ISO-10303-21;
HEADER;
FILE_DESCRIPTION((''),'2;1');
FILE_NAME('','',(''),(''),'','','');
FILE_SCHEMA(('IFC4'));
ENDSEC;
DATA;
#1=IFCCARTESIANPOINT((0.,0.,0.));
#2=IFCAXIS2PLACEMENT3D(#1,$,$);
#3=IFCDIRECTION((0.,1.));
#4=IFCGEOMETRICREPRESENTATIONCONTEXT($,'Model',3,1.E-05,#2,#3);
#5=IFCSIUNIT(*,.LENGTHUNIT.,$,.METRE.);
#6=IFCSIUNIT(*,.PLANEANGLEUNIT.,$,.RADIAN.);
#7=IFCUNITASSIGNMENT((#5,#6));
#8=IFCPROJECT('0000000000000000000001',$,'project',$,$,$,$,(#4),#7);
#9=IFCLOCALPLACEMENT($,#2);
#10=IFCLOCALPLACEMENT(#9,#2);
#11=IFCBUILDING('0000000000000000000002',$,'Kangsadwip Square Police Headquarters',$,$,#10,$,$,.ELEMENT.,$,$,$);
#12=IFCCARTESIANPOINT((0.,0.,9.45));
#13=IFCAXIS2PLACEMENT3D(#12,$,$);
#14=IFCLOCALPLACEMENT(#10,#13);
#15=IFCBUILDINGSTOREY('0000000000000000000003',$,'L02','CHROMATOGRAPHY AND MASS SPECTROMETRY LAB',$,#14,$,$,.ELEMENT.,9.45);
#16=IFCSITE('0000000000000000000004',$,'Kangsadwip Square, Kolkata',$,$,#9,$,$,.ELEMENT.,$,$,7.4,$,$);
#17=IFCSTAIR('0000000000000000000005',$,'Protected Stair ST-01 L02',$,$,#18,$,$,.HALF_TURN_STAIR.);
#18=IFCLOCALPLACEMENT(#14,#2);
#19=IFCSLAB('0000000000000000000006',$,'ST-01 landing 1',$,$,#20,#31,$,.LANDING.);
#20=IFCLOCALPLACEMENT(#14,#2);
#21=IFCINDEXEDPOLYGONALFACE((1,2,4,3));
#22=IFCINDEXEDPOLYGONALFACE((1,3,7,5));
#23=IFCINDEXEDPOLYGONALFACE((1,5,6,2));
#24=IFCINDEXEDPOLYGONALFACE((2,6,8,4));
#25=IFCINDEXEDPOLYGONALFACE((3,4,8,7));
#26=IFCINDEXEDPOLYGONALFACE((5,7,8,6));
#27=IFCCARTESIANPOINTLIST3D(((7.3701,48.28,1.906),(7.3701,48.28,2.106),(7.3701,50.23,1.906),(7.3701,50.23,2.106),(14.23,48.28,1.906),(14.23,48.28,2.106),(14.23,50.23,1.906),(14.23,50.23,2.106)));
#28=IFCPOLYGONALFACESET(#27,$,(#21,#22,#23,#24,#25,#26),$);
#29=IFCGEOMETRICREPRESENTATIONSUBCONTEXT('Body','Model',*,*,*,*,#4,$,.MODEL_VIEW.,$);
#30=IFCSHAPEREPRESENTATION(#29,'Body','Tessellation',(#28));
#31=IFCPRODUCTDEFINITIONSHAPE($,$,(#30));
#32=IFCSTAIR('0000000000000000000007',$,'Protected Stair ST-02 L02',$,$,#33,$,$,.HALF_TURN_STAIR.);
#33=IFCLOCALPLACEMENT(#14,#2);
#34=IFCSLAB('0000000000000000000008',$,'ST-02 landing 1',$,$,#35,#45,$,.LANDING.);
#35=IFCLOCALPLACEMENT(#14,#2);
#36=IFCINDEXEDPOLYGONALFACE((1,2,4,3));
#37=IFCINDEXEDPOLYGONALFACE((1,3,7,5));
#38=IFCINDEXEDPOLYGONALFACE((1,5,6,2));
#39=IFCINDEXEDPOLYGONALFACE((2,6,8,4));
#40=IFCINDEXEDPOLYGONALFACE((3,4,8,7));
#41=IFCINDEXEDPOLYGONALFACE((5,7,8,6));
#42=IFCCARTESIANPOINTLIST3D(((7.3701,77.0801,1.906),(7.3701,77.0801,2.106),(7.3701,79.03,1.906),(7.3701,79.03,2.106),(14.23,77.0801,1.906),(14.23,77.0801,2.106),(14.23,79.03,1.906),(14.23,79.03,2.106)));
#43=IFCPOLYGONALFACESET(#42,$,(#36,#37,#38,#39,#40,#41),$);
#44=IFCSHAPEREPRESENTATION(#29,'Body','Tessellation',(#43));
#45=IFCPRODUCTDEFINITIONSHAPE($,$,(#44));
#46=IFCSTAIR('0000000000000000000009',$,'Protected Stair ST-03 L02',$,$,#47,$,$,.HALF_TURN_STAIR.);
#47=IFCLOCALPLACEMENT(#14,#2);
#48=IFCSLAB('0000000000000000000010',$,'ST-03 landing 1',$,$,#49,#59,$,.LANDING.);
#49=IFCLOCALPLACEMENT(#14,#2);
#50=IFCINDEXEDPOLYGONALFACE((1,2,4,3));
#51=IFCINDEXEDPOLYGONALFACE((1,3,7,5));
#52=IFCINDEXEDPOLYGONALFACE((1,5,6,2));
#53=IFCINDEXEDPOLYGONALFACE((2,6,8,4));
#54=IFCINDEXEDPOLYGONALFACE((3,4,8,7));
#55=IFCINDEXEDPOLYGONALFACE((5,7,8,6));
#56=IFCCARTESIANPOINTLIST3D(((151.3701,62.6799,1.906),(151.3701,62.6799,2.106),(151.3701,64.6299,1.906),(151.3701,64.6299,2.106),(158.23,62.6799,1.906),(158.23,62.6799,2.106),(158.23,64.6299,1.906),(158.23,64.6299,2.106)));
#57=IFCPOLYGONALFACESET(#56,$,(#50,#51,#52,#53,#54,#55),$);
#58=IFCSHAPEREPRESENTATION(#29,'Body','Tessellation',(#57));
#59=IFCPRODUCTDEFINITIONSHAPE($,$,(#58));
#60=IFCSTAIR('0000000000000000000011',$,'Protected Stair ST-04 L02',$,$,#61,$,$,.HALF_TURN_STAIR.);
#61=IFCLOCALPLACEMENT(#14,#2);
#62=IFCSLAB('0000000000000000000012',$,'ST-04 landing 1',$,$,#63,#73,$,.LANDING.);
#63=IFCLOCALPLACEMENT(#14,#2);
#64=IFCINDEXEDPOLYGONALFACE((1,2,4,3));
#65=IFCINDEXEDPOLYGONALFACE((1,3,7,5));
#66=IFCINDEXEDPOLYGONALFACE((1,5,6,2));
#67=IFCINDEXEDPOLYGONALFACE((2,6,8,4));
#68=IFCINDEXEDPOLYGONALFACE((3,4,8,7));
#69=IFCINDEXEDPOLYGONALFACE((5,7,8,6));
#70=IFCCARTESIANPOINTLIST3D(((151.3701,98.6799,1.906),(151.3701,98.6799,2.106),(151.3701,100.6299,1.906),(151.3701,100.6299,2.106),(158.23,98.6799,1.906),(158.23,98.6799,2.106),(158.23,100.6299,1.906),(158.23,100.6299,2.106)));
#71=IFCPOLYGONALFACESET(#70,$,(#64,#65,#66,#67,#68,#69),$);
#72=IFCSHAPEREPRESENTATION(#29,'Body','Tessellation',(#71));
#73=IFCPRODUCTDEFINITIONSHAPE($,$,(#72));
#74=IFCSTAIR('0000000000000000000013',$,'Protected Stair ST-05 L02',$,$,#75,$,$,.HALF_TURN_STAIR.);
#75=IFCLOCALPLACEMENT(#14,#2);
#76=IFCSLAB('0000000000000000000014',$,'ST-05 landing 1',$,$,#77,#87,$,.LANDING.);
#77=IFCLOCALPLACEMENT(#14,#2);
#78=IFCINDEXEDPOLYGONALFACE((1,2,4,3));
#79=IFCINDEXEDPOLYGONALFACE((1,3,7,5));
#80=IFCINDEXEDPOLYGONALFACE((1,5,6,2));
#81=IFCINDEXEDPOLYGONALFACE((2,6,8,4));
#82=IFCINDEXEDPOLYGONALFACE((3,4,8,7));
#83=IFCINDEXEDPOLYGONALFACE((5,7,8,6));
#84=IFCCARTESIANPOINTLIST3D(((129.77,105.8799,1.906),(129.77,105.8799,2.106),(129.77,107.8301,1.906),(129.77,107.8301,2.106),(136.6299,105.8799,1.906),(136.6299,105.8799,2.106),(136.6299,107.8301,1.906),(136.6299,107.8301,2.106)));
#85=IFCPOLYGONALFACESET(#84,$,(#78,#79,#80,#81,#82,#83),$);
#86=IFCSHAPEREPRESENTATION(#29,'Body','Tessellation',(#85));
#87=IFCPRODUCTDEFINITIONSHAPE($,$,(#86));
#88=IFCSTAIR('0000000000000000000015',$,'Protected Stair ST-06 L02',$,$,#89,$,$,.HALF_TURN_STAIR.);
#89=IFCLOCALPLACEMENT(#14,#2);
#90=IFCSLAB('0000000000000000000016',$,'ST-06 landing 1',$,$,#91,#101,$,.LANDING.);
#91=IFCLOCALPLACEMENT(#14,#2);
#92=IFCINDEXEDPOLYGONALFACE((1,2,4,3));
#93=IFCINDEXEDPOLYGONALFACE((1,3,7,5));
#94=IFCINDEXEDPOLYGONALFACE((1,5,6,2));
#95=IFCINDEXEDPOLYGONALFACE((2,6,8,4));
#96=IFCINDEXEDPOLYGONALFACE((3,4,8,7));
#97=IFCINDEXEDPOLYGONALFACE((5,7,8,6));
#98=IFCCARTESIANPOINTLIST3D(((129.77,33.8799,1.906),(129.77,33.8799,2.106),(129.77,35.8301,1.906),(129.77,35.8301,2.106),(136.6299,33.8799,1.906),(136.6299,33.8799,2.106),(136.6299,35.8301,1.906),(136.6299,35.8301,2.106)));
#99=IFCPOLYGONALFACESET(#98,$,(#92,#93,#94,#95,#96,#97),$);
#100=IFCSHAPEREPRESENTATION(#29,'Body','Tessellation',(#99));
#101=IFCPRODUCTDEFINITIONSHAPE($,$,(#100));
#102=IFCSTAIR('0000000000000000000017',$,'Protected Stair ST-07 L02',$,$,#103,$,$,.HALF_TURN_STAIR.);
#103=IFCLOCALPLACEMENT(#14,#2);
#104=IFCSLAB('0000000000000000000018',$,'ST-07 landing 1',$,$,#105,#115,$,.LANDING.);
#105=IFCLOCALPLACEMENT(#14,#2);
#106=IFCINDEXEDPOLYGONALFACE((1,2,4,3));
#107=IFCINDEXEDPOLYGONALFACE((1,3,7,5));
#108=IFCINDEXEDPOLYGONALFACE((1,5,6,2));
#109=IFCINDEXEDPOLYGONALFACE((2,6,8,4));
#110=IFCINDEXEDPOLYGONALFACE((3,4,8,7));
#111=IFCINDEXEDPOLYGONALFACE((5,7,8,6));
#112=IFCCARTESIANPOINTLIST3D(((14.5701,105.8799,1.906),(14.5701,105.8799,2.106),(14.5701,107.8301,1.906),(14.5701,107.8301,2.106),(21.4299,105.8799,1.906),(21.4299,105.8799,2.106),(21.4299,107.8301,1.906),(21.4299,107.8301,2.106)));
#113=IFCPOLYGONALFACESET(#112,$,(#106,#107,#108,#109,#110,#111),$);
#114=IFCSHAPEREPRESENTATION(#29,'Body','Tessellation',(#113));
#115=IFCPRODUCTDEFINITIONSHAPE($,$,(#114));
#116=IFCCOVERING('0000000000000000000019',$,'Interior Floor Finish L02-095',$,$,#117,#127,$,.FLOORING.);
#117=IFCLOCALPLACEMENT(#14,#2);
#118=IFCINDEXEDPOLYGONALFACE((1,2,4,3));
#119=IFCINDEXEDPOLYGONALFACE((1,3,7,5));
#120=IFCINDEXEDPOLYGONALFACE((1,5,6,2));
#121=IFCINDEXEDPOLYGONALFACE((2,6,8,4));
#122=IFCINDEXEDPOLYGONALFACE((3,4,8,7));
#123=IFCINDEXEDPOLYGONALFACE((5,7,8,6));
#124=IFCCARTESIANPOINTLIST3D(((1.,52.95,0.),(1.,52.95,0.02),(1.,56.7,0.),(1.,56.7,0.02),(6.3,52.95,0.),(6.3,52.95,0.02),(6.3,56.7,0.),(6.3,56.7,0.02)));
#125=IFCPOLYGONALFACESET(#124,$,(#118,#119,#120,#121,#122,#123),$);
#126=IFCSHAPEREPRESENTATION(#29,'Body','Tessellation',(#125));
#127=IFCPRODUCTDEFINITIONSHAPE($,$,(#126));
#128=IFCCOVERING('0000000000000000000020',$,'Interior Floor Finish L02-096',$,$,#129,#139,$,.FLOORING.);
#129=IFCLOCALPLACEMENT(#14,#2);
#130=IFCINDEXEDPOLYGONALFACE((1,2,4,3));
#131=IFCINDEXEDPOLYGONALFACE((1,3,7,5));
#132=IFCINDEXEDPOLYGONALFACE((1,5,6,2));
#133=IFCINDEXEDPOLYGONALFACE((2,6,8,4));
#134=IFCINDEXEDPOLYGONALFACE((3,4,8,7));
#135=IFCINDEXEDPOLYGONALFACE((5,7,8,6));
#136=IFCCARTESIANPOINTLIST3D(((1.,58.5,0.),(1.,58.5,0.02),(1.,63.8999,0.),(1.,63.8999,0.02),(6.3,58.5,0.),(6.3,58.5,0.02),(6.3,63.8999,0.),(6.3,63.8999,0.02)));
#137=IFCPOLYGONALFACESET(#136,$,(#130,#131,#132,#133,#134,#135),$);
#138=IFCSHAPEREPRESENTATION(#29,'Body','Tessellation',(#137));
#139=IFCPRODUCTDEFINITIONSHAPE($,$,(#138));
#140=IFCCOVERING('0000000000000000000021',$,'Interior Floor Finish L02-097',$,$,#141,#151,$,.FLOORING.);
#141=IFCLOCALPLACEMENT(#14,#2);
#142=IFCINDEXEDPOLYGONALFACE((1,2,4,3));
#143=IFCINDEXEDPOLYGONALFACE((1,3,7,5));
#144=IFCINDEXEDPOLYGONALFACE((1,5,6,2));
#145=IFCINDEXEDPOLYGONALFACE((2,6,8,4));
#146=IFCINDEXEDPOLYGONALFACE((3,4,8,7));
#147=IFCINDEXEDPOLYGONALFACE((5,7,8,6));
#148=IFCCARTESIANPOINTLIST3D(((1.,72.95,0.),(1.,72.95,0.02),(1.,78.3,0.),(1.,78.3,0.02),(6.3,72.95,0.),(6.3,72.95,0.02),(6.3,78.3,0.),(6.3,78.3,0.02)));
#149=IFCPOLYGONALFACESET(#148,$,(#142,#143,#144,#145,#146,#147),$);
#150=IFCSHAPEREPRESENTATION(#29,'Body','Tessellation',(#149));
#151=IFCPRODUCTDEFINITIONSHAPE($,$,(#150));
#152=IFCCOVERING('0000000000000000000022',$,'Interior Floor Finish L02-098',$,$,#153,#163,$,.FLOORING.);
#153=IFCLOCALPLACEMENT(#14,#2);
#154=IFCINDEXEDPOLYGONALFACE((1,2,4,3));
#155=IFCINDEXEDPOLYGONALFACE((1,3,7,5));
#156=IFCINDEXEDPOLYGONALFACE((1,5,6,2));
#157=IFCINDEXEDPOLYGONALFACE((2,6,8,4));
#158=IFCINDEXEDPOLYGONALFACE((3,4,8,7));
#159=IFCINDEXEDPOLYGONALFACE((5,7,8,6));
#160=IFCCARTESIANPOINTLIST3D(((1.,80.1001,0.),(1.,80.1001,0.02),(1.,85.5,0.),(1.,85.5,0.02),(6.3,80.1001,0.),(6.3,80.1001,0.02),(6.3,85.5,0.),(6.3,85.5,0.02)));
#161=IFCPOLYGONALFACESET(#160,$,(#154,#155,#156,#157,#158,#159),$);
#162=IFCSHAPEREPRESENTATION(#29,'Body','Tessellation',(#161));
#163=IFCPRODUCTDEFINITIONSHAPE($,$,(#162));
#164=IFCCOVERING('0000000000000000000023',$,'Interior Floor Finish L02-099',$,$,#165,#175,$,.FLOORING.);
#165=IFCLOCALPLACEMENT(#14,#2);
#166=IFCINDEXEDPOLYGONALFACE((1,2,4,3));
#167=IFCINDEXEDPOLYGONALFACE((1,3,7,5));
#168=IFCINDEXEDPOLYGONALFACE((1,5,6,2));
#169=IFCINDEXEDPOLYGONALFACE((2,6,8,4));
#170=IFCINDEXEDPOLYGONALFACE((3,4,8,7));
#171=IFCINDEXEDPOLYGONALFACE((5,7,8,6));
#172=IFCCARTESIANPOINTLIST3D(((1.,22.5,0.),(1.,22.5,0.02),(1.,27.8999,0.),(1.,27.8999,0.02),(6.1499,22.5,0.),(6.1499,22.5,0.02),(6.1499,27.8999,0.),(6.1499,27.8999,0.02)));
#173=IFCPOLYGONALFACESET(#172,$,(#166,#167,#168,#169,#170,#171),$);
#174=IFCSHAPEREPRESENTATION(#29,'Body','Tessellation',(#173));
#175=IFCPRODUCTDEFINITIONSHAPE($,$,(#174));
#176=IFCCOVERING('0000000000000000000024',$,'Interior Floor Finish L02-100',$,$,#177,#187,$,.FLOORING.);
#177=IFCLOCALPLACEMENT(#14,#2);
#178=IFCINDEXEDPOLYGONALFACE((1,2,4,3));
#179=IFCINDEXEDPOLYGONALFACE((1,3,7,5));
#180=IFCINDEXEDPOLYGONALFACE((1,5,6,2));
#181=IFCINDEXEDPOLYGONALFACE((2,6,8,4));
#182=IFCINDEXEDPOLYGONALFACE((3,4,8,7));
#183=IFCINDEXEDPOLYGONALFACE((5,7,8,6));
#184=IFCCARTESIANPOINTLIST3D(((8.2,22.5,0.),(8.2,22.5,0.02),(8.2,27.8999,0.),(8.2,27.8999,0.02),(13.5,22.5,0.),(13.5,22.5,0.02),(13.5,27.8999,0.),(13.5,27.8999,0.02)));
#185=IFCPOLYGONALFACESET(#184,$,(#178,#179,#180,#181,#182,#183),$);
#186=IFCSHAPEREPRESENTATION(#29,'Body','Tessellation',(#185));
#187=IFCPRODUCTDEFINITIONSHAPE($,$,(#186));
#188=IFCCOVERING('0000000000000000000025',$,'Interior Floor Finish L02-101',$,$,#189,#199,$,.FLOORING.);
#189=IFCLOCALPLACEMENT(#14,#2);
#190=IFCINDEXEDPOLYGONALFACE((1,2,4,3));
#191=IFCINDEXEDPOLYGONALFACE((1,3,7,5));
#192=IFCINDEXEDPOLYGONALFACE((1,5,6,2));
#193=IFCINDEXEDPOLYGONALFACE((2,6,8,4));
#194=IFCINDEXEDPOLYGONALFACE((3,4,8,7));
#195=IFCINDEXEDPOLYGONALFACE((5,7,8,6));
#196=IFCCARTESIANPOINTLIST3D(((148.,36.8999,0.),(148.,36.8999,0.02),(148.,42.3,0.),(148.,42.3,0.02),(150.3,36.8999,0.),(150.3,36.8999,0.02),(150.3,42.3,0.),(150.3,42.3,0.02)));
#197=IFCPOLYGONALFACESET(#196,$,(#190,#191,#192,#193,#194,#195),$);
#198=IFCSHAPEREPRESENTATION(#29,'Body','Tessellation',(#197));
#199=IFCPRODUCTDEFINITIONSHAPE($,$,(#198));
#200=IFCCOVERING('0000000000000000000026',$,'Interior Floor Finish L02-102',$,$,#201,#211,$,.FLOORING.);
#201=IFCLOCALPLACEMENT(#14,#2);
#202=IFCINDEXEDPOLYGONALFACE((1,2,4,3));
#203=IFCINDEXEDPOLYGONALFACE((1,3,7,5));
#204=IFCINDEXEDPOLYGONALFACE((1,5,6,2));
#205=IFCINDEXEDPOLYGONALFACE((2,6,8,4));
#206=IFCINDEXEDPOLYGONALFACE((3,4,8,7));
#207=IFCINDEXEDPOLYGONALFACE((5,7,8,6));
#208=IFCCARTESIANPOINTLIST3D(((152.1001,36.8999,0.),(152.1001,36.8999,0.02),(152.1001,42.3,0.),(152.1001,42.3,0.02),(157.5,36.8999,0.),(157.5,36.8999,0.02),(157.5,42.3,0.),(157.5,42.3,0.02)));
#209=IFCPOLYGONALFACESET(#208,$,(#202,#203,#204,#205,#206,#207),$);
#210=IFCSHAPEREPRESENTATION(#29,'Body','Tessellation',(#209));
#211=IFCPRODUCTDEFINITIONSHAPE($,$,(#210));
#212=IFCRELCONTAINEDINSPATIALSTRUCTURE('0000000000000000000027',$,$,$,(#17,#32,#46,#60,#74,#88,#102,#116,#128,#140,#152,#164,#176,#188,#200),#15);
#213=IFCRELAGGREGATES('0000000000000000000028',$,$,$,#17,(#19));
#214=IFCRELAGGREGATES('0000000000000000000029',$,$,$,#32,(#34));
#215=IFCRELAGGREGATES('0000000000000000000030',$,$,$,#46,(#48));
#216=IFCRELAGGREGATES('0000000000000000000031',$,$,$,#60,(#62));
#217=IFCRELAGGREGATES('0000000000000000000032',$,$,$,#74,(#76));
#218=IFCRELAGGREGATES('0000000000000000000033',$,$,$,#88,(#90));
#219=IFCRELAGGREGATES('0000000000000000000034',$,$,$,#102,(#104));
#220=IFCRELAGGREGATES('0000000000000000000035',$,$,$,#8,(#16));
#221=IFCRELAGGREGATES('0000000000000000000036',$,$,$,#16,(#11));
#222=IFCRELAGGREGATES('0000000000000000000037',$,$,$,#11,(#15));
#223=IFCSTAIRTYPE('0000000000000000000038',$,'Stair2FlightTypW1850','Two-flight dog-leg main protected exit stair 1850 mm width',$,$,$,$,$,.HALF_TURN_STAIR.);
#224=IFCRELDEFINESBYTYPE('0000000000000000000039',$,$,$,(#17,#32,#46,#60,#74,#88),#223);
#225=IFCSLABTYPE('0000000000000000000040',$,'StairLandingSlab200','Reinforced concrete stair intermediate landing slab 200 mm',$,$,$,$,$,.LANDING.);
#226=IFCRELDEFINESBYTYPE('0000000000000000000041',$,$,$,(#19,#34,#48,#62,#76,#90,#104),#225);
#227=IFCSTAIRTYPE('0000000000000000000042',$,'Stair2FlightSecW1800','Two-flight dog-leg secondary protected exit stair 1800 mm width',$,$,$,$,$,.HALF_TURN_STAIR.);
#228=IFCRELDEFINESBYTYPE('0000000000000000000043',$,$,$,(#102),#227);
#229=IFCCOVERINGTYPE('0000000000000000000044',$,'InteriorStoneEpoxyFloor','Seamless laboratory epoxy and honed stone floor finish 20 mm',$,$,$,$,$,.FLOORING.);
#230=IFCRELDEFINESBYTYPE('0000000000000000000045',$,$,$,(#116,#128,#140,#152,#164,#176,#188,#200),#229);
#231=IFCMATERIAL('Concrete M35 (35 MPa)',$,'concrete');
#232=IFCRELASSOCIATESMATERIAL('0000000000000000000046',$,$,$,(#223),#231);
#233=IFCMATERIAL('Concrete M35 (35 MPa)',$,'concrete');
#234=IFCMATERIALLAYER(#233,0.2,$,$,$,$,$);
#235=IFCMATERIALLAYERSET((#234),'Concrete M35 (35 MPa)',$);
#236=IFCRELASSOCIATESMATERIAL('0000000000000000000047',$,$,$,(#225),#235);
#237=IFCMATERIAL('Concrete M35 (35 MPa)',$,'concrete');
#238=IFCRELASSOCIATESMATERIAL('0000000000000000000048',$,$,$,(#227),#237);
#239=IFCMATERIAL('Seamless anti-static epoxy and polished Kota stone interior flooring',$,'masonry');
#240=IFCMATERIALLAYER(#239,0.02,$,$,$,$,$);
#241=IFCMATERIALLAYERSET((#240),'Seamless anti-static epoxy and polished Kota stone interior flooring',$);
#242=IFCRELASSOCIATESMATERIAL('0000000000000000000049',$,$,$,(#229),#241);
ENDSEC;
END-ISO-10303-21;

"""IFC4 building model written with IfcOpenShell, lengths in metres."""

from ifc_helpers import new_model, si_unit, direction, frame, origin, place, context, subcontext, project, spatial, polyline, outline, extrude, material, layer, layer_set, type_object, element, aggregate, save


model = new_model("IFC4")

# Units and contexts
model_context = context("Model", 3, precision=1e-05, world=origin(), true_north=direction((0.0, 1.0)))
body_context = subcontext(model_context, "Body", "Model", "MODEL_VIEW")
ifc_project = project(units=[si_unit("LENGTHUNIT", "METRE"), si_unit("PLANEANGLEUNIT", "RADIAN")], contexts=[model_context])

# Site, building, storey
site_placement = place(None, origin())
site = spatial("IfcSite", under=ifc_project, at=site_placement, Name="Kangsadwip Square, Kolkata", CompositionType="ELEMENT", RefElevation=7.4)
building_placement = place(site_placement, origin())
building = spatial("IfcBuilding", under=site, at=building_placement, Name="Kangsadwip Square Police Headquarters", CompositionType="ELEMENT")
storey_placement = place(building_placement, frame((0.0, 0.0, 9.45)))
storey = spatial("IfcBuildingStorey", under=building, at=storey_placement, Name="L02", Description="CHROMATOGRAPHY AND MASS SPECTROMETRY LAB", CompositionType="ELEMENT", Elevation=9.45)

# Stairs, slabs
ifc_material_1 = material(Name="Concrete M35 (35 MPa)", Category="concrete")
stair_type_1 = type_object("IfcStairType", Name="Stair2FlightTypW1850", Description="Two-flight dog-leg main protected exit stair 1850 mm width", PredefinedType="HALF_TURN_STAIR", material=ifc_material_1)
stair_1_placement = place(storey_placement, origin())
stair_1 = element("IfcStair", 1, at=stair_1_placement, inside=storey, type_object=stair_type_1, Name="Protected Stair ST-01 L02", PredefinedType="HALF_TURN_STAIR")
ifc_material_2 = material(Name="Concrete M35 (35 MPa)", Category="concrete")
ifc_layer_1 = layer(ifc_material_2, 0.2)
ifc_layer_set_1 = layer_set([ifc_layer_1], Name="Concrete M35 (35 MPa)")
slab_type = type_object("IfcSlabType", Name="StairLandingSlab200", Description="Reinforced concrete stair intermediate landing slab 200 mm", PredefinedType="LANDING", material=ifc_layer_set_1)
slab_1_placement = place(storey_placement, frame((0.0, 0.0, 1.906)))
slab_1 = element("IfcSlab", 2, at=slab_1_placement, type_object=slab_type, Name="ST-01 landing 1", PredefinedType="LANDING", context=body_context, shape_type="SweptSolid", body=[
    extrude(outline(polyline([(7.3701, 48.28), (14.23, 48.28), (14.23, 50.23), (7.3701, 50.23), (7.3701, 48.28)])), origin(), (0.0, 0.0, 1.0), 0.2),
])
aggregate(stair_1, [slab_1])
stair_2_placement = place(storey_placement, origin())
stair_2 = element("IfcStair", 3, at=stair_2_placement, inside=storey, type_object=stair_type_1, Name="Protected Stair ST-02 L02", PredefinedType="HALF_TURN_STAIR")
slab_2_placement = place(storey_placement, frame((0.0, 0.0, 1.906)))
slab_2 = element("IfcSlab", 4, at=slab_2_placement, type_object=slab_type, Name="ST-02 landing 1", PredefinedType="LANDING", context=body_context, shape_type="SweptSolid", body=[
    extrude(outline(polyline([(7.3701, 77.0801), (14.23, 77.0801), (14.23, 79.03), (7.3701, 79.03), (7.3701, 77.0801)])), origin(), (0.0, 0.0, 1.0), 0.2),
])
aggregate(stair_2, [slab_2])
stair_3_placement = place(storey_placement, origin())
stair_3 = element("IfcStair", 5, at=stair_3_placement, inside=storey, type_object=stair_type_1, Name="Protected Stair ST-03 L02", PredefinedType="HALF_TURN_STAIR")
slab_3_placement = place(storey_placement, frame((0.0, 0.0, 1.906)))
slab_3 = element("IfcSlab", 6, at=slab_3_placement, type_object=slab_type, Name="ST-03 landing 1", PredefinedType="LANDING", context=body_context, shape_type="SweptSolid", body=[
    extrude(outline(polyline([(151.3701, 62.6799), (158.23, 62.6799), (158.23, 64.6299), (151.3701, 64.6299), (151.3701, 62.6799)])), origin(), (0.0, 0.0, 1.0), 0.2),
])
aggregate(stair_3, [slab_3])
stair_4_placement = place(storey_placement, origin())
stair_4 = element("IfcStair", 7, at=stair_4_placement, inside=storey, type_object=stair_type_1, Name="Protected Stair ST-04 L02", PredefinedType="HALF_TURN_STAIR")
slab_4_placement = place(storey_placement, frame((0.0, 0.0, 1.906)))
slab_4 = element("IfcSlab", 8, at=slab_4_placement, type_object=slab_type, Name="ST-04 landing 1", PredefinedType="LANDING", context=body_context, shape_type="SweptSolid", body=[
    extrude(outline(polyline([(151.3701, 98.6799), (158.23, 98.6799), (158.23, 100.6299), (151.3701, 100.6299), (151.3701, 98.6799)])), origin(), (0.0, 0.0, 1.0), 0.2),
])
aggregate(stair_4, [slab_4])
stair_5_placement = place(storey_placement, origin())
stair_5 = element("IfcStair", 9, at=stair_5_placement, inside=storey, type_object=stair_type_1, Name="Protected Stair ST-05 L02", PredefinedType="HALF_TURN_STAIR")
slab_5_placement = place(storey_placement, frame((0.0, 0.0, 1.906)))
slab_5 = element("IfcSlab", 10, at=slab_5_placement, type_object=slab_type, Name="ST-05 landing 1", PredefinedType="LANDING", context=body_context, shape_type="SweptSolid", body=[
    extrude(outline(polyline([(129.77, 105.8799), (136.6299, 105.8799), (136.6299, 107.8301), (129.77, 107.8301), (129.77, 105.8799)])), origin(), (0.0, 0.0, 1.0), 0.2),
])
aggregate(stair_5, [slab_5])
stair_6_placement = place(storey_placement, origin())
stair_6 = element("IfcStair", 11, at=stair_6_placement, inside=storey, type_object=stair_type_1, Name="Protected Stair ST-06 L02", PredefinedType="HALF_TURN_STAIR")
slab_6_placement = place(storey_placement, frame((0.0, 0.0, 1.906)))
slab_6 = element("IfcSlab", 12, at=slab_6_placement, type_object=slab_type, Name="ST-06 landing 1", PredefinedType="LANDING", context=body_context, shape_type="SweptSolid", body=[
    extrude(outline(polyline([(129.77, 33.8799), (136.6299, 33.8799), (136.6299, 35.8301), (129.77, 35.8301), (129.77, 33.8799)])), origin(), (0.0, 0.0, 1.0), 0.2),
])
aggregate(stair_6, [slab_6])
ifc_material_3 = material(Name="Concrete M35 (35 MPa)", Category="concrete")
stair_type_2 = type_object("IfcStairType", Name="Stair2FlightSecW1800", Description="Two-flight dog-leg secondary protected exit stair 1800 mm width", PredefinedType="HALF_TURN_STAIR", material=ifc_material_3)
stair_7_placement = place(storey_placement, origin())
stair_7 = element("IfcStair", 13, at=stair_7_placement, inside=storey, type_object=stair_type_2, Name="Protected Stair ST-07 L02", PredefinedType="HALF_TURN_STAIR")
slab_7_placement = place(storey_placement, frame((0.0, 0.0, 1.906)))
slab_7 = element("IfcSlab", 14, at=slab_7_placement, type_object=slab_type, Name="ST-07 landing 1", PredefinedType="LANDING", context=body_context, shape_type="SweptSolid", body=[
    extrude(outline(polyline([(14.5701, 105.8799), (21.4299, 105.8799), (21.4299, 107.8301), (14.5701, 107.8301), (14.5701, 105.8799)])), origin(), (0.0, 0.0, 1.0), 0.2),
])
aggregate(stair_7, [slab_7])

# Coverings
ifc_material_4 = material(Name="Seamless anti-static epoxy and polished Kota stone interior flooring", Category="masonry")
ifc_layer_2 = layer(ifc_material_4, 0.02)
ifc_layer_set_2 = layer_set([ifc_layer_2], Name="Seamless anti-static epoxy and polished Kota stone interior flooring")
covering_type_1 = type_object("IfcCoveringType", Name="InteriorStoneEpoxyFloor", Description="Seamless laboratory epoxy and honed stone floor finish 20 mm", PredefinedType="FLOORING", material=ifc_layer_set_2)
covering_1_placement = place(storey_placement, origin())
element("IfcCovering", 15, at=covering_1_placement, inside=storey, type_object=covering_type_1, Name="Interior Floor Finish L02-095", PredefinedType="FLOORING", context=body_context, shape_type="SweptSolid", body=[
    extrude(outline(polyline([(1.0, 52.95), (6.3, 52.95), (6.3, 56.7), (1.0, 56.7), (1.0, 52.95)])), origin(), (0.0, 0.0, 1.0), 0.02),
])
covering_2_placement = place(storey_placement, origin())
element("IfcCovering", 16, at=covering_2_placement, inside=storey, type_object=covering_type_1, Name="Interior Floor Finish L02-096", PredefinedType="FLOORING", context=body_context, shape_type="SweptSolid", body=[
    extrude(outline(polyline([(1.0, 58.5), (6.3, 58.5), (6.3, 63.8999), (1.0, 63.8999), (1.0, 58.5)])), origin(), (0.0, 0.0, 1.0), 0.02),
])
covering_3_placement = place(storey_placement, origin())
element("IfcCovering", 17, at=covering_3_placement, inside=storey, type_object=covering_type_1, Name="Interior Floor Finish L02-097", PredefinedType="FLOORING", context=body_context, shape_type="SweptSolid", body=[
    extrude(outline(polyline([(1.0, 72.95), (6.3, 72.95), (6.3, 78.3), (1.0, 78.3), (1.0, 72.95)])), origin(), (0.0, 0.0, 1.0), 0.02),
])
covering_4_placement = place(storey_placement, origin())
element("IfcCovering", 18, at=covering_4_placement, inside=storey, type_object=covering_type_1, Name="Interior Floor Finish L02-098", PredefinedType="FLOORING", context=body_context, shape_type="SweptSolid", body=[
    extrude(outline(polyline([(1.0, 80.1001), (6.3, 80.1001), (6.3, 85.5), (1.0, 85.5), (1.0, 80.1001)])), origin(), (0.0, 0.0, 1.0), 0.02),
])
covering_5_placement = place(storey_placement, origin())
element("IfcCovering", 19, at=covering_5_placement, inside=storey, type_object=covering_type_1, Name="Interior Floor Finish L02-099", PredefinedType="FLOORING", context=body_context, shape_type="SweptSolid", body=[
    extrude(outline(polyline([(1.0, 22.5), (6.1499, 22.5), (6.1499, 27.8999), (1.0, 27.8999), (1.0, 22.5)])), origin(), (0.0, 0.0, 1.0), 0.02),
])
covering_6_placement = place(storey_placement, origin())
element("IfcCovering", 20, at=covering_6_placement, inside=storey, type_object=covering_type_1, Name="Interior Floor Finish L02-100", PredefinedType="FLOORING", context=body_context, shape_type="SweptSolid", body=[
    extrude(outline(polyline([(8.2, 22.5), (13.5, 22.5), (13.5, 27.8999), (8.2, 27.8999), (8.2, 22.5)])), origin(), (0.0, 0.0, 1.0), 0.02),
])
covering_7_placement = place(storey_placement, origin())
element("IfcCovering", 21, at=covering_7_placement, inside=storey, type_object=covering_type_1, Name="Interior Floor Finish L02-101", PredefinedType="FLOORING", context=body_context, shape_type="SweptSolid", body=[
    extrude(outline(polyline([(148.0, 36.8999), (150.3, 36.8999), (150.3, 42.3), (148.0, 42.3), (148.0, 36.8999)])), origin(), (0.0, 0.0, 1.0), 0.02),
])
covering_8_placement = place(storey_placement, origin())
element("IfcCovering", 22, at=covering_8_placement, inside=storey, type_object=covering_type_1, Name="Interior Floor Finish L02-102", PredefinedType="FLOORING", context=body_context, shape_type="SweptSolid", body=[
    extrude(outline(polyline([(152.1001, 36.8999), (157.5, 36.8999), (157.5, 42.3), (152.1001, 42.3), (152.1001, 36.8999)])), origin(), (0.0, 0.0, 1.0), 0.02),
])

save(model, "model.ifc")
